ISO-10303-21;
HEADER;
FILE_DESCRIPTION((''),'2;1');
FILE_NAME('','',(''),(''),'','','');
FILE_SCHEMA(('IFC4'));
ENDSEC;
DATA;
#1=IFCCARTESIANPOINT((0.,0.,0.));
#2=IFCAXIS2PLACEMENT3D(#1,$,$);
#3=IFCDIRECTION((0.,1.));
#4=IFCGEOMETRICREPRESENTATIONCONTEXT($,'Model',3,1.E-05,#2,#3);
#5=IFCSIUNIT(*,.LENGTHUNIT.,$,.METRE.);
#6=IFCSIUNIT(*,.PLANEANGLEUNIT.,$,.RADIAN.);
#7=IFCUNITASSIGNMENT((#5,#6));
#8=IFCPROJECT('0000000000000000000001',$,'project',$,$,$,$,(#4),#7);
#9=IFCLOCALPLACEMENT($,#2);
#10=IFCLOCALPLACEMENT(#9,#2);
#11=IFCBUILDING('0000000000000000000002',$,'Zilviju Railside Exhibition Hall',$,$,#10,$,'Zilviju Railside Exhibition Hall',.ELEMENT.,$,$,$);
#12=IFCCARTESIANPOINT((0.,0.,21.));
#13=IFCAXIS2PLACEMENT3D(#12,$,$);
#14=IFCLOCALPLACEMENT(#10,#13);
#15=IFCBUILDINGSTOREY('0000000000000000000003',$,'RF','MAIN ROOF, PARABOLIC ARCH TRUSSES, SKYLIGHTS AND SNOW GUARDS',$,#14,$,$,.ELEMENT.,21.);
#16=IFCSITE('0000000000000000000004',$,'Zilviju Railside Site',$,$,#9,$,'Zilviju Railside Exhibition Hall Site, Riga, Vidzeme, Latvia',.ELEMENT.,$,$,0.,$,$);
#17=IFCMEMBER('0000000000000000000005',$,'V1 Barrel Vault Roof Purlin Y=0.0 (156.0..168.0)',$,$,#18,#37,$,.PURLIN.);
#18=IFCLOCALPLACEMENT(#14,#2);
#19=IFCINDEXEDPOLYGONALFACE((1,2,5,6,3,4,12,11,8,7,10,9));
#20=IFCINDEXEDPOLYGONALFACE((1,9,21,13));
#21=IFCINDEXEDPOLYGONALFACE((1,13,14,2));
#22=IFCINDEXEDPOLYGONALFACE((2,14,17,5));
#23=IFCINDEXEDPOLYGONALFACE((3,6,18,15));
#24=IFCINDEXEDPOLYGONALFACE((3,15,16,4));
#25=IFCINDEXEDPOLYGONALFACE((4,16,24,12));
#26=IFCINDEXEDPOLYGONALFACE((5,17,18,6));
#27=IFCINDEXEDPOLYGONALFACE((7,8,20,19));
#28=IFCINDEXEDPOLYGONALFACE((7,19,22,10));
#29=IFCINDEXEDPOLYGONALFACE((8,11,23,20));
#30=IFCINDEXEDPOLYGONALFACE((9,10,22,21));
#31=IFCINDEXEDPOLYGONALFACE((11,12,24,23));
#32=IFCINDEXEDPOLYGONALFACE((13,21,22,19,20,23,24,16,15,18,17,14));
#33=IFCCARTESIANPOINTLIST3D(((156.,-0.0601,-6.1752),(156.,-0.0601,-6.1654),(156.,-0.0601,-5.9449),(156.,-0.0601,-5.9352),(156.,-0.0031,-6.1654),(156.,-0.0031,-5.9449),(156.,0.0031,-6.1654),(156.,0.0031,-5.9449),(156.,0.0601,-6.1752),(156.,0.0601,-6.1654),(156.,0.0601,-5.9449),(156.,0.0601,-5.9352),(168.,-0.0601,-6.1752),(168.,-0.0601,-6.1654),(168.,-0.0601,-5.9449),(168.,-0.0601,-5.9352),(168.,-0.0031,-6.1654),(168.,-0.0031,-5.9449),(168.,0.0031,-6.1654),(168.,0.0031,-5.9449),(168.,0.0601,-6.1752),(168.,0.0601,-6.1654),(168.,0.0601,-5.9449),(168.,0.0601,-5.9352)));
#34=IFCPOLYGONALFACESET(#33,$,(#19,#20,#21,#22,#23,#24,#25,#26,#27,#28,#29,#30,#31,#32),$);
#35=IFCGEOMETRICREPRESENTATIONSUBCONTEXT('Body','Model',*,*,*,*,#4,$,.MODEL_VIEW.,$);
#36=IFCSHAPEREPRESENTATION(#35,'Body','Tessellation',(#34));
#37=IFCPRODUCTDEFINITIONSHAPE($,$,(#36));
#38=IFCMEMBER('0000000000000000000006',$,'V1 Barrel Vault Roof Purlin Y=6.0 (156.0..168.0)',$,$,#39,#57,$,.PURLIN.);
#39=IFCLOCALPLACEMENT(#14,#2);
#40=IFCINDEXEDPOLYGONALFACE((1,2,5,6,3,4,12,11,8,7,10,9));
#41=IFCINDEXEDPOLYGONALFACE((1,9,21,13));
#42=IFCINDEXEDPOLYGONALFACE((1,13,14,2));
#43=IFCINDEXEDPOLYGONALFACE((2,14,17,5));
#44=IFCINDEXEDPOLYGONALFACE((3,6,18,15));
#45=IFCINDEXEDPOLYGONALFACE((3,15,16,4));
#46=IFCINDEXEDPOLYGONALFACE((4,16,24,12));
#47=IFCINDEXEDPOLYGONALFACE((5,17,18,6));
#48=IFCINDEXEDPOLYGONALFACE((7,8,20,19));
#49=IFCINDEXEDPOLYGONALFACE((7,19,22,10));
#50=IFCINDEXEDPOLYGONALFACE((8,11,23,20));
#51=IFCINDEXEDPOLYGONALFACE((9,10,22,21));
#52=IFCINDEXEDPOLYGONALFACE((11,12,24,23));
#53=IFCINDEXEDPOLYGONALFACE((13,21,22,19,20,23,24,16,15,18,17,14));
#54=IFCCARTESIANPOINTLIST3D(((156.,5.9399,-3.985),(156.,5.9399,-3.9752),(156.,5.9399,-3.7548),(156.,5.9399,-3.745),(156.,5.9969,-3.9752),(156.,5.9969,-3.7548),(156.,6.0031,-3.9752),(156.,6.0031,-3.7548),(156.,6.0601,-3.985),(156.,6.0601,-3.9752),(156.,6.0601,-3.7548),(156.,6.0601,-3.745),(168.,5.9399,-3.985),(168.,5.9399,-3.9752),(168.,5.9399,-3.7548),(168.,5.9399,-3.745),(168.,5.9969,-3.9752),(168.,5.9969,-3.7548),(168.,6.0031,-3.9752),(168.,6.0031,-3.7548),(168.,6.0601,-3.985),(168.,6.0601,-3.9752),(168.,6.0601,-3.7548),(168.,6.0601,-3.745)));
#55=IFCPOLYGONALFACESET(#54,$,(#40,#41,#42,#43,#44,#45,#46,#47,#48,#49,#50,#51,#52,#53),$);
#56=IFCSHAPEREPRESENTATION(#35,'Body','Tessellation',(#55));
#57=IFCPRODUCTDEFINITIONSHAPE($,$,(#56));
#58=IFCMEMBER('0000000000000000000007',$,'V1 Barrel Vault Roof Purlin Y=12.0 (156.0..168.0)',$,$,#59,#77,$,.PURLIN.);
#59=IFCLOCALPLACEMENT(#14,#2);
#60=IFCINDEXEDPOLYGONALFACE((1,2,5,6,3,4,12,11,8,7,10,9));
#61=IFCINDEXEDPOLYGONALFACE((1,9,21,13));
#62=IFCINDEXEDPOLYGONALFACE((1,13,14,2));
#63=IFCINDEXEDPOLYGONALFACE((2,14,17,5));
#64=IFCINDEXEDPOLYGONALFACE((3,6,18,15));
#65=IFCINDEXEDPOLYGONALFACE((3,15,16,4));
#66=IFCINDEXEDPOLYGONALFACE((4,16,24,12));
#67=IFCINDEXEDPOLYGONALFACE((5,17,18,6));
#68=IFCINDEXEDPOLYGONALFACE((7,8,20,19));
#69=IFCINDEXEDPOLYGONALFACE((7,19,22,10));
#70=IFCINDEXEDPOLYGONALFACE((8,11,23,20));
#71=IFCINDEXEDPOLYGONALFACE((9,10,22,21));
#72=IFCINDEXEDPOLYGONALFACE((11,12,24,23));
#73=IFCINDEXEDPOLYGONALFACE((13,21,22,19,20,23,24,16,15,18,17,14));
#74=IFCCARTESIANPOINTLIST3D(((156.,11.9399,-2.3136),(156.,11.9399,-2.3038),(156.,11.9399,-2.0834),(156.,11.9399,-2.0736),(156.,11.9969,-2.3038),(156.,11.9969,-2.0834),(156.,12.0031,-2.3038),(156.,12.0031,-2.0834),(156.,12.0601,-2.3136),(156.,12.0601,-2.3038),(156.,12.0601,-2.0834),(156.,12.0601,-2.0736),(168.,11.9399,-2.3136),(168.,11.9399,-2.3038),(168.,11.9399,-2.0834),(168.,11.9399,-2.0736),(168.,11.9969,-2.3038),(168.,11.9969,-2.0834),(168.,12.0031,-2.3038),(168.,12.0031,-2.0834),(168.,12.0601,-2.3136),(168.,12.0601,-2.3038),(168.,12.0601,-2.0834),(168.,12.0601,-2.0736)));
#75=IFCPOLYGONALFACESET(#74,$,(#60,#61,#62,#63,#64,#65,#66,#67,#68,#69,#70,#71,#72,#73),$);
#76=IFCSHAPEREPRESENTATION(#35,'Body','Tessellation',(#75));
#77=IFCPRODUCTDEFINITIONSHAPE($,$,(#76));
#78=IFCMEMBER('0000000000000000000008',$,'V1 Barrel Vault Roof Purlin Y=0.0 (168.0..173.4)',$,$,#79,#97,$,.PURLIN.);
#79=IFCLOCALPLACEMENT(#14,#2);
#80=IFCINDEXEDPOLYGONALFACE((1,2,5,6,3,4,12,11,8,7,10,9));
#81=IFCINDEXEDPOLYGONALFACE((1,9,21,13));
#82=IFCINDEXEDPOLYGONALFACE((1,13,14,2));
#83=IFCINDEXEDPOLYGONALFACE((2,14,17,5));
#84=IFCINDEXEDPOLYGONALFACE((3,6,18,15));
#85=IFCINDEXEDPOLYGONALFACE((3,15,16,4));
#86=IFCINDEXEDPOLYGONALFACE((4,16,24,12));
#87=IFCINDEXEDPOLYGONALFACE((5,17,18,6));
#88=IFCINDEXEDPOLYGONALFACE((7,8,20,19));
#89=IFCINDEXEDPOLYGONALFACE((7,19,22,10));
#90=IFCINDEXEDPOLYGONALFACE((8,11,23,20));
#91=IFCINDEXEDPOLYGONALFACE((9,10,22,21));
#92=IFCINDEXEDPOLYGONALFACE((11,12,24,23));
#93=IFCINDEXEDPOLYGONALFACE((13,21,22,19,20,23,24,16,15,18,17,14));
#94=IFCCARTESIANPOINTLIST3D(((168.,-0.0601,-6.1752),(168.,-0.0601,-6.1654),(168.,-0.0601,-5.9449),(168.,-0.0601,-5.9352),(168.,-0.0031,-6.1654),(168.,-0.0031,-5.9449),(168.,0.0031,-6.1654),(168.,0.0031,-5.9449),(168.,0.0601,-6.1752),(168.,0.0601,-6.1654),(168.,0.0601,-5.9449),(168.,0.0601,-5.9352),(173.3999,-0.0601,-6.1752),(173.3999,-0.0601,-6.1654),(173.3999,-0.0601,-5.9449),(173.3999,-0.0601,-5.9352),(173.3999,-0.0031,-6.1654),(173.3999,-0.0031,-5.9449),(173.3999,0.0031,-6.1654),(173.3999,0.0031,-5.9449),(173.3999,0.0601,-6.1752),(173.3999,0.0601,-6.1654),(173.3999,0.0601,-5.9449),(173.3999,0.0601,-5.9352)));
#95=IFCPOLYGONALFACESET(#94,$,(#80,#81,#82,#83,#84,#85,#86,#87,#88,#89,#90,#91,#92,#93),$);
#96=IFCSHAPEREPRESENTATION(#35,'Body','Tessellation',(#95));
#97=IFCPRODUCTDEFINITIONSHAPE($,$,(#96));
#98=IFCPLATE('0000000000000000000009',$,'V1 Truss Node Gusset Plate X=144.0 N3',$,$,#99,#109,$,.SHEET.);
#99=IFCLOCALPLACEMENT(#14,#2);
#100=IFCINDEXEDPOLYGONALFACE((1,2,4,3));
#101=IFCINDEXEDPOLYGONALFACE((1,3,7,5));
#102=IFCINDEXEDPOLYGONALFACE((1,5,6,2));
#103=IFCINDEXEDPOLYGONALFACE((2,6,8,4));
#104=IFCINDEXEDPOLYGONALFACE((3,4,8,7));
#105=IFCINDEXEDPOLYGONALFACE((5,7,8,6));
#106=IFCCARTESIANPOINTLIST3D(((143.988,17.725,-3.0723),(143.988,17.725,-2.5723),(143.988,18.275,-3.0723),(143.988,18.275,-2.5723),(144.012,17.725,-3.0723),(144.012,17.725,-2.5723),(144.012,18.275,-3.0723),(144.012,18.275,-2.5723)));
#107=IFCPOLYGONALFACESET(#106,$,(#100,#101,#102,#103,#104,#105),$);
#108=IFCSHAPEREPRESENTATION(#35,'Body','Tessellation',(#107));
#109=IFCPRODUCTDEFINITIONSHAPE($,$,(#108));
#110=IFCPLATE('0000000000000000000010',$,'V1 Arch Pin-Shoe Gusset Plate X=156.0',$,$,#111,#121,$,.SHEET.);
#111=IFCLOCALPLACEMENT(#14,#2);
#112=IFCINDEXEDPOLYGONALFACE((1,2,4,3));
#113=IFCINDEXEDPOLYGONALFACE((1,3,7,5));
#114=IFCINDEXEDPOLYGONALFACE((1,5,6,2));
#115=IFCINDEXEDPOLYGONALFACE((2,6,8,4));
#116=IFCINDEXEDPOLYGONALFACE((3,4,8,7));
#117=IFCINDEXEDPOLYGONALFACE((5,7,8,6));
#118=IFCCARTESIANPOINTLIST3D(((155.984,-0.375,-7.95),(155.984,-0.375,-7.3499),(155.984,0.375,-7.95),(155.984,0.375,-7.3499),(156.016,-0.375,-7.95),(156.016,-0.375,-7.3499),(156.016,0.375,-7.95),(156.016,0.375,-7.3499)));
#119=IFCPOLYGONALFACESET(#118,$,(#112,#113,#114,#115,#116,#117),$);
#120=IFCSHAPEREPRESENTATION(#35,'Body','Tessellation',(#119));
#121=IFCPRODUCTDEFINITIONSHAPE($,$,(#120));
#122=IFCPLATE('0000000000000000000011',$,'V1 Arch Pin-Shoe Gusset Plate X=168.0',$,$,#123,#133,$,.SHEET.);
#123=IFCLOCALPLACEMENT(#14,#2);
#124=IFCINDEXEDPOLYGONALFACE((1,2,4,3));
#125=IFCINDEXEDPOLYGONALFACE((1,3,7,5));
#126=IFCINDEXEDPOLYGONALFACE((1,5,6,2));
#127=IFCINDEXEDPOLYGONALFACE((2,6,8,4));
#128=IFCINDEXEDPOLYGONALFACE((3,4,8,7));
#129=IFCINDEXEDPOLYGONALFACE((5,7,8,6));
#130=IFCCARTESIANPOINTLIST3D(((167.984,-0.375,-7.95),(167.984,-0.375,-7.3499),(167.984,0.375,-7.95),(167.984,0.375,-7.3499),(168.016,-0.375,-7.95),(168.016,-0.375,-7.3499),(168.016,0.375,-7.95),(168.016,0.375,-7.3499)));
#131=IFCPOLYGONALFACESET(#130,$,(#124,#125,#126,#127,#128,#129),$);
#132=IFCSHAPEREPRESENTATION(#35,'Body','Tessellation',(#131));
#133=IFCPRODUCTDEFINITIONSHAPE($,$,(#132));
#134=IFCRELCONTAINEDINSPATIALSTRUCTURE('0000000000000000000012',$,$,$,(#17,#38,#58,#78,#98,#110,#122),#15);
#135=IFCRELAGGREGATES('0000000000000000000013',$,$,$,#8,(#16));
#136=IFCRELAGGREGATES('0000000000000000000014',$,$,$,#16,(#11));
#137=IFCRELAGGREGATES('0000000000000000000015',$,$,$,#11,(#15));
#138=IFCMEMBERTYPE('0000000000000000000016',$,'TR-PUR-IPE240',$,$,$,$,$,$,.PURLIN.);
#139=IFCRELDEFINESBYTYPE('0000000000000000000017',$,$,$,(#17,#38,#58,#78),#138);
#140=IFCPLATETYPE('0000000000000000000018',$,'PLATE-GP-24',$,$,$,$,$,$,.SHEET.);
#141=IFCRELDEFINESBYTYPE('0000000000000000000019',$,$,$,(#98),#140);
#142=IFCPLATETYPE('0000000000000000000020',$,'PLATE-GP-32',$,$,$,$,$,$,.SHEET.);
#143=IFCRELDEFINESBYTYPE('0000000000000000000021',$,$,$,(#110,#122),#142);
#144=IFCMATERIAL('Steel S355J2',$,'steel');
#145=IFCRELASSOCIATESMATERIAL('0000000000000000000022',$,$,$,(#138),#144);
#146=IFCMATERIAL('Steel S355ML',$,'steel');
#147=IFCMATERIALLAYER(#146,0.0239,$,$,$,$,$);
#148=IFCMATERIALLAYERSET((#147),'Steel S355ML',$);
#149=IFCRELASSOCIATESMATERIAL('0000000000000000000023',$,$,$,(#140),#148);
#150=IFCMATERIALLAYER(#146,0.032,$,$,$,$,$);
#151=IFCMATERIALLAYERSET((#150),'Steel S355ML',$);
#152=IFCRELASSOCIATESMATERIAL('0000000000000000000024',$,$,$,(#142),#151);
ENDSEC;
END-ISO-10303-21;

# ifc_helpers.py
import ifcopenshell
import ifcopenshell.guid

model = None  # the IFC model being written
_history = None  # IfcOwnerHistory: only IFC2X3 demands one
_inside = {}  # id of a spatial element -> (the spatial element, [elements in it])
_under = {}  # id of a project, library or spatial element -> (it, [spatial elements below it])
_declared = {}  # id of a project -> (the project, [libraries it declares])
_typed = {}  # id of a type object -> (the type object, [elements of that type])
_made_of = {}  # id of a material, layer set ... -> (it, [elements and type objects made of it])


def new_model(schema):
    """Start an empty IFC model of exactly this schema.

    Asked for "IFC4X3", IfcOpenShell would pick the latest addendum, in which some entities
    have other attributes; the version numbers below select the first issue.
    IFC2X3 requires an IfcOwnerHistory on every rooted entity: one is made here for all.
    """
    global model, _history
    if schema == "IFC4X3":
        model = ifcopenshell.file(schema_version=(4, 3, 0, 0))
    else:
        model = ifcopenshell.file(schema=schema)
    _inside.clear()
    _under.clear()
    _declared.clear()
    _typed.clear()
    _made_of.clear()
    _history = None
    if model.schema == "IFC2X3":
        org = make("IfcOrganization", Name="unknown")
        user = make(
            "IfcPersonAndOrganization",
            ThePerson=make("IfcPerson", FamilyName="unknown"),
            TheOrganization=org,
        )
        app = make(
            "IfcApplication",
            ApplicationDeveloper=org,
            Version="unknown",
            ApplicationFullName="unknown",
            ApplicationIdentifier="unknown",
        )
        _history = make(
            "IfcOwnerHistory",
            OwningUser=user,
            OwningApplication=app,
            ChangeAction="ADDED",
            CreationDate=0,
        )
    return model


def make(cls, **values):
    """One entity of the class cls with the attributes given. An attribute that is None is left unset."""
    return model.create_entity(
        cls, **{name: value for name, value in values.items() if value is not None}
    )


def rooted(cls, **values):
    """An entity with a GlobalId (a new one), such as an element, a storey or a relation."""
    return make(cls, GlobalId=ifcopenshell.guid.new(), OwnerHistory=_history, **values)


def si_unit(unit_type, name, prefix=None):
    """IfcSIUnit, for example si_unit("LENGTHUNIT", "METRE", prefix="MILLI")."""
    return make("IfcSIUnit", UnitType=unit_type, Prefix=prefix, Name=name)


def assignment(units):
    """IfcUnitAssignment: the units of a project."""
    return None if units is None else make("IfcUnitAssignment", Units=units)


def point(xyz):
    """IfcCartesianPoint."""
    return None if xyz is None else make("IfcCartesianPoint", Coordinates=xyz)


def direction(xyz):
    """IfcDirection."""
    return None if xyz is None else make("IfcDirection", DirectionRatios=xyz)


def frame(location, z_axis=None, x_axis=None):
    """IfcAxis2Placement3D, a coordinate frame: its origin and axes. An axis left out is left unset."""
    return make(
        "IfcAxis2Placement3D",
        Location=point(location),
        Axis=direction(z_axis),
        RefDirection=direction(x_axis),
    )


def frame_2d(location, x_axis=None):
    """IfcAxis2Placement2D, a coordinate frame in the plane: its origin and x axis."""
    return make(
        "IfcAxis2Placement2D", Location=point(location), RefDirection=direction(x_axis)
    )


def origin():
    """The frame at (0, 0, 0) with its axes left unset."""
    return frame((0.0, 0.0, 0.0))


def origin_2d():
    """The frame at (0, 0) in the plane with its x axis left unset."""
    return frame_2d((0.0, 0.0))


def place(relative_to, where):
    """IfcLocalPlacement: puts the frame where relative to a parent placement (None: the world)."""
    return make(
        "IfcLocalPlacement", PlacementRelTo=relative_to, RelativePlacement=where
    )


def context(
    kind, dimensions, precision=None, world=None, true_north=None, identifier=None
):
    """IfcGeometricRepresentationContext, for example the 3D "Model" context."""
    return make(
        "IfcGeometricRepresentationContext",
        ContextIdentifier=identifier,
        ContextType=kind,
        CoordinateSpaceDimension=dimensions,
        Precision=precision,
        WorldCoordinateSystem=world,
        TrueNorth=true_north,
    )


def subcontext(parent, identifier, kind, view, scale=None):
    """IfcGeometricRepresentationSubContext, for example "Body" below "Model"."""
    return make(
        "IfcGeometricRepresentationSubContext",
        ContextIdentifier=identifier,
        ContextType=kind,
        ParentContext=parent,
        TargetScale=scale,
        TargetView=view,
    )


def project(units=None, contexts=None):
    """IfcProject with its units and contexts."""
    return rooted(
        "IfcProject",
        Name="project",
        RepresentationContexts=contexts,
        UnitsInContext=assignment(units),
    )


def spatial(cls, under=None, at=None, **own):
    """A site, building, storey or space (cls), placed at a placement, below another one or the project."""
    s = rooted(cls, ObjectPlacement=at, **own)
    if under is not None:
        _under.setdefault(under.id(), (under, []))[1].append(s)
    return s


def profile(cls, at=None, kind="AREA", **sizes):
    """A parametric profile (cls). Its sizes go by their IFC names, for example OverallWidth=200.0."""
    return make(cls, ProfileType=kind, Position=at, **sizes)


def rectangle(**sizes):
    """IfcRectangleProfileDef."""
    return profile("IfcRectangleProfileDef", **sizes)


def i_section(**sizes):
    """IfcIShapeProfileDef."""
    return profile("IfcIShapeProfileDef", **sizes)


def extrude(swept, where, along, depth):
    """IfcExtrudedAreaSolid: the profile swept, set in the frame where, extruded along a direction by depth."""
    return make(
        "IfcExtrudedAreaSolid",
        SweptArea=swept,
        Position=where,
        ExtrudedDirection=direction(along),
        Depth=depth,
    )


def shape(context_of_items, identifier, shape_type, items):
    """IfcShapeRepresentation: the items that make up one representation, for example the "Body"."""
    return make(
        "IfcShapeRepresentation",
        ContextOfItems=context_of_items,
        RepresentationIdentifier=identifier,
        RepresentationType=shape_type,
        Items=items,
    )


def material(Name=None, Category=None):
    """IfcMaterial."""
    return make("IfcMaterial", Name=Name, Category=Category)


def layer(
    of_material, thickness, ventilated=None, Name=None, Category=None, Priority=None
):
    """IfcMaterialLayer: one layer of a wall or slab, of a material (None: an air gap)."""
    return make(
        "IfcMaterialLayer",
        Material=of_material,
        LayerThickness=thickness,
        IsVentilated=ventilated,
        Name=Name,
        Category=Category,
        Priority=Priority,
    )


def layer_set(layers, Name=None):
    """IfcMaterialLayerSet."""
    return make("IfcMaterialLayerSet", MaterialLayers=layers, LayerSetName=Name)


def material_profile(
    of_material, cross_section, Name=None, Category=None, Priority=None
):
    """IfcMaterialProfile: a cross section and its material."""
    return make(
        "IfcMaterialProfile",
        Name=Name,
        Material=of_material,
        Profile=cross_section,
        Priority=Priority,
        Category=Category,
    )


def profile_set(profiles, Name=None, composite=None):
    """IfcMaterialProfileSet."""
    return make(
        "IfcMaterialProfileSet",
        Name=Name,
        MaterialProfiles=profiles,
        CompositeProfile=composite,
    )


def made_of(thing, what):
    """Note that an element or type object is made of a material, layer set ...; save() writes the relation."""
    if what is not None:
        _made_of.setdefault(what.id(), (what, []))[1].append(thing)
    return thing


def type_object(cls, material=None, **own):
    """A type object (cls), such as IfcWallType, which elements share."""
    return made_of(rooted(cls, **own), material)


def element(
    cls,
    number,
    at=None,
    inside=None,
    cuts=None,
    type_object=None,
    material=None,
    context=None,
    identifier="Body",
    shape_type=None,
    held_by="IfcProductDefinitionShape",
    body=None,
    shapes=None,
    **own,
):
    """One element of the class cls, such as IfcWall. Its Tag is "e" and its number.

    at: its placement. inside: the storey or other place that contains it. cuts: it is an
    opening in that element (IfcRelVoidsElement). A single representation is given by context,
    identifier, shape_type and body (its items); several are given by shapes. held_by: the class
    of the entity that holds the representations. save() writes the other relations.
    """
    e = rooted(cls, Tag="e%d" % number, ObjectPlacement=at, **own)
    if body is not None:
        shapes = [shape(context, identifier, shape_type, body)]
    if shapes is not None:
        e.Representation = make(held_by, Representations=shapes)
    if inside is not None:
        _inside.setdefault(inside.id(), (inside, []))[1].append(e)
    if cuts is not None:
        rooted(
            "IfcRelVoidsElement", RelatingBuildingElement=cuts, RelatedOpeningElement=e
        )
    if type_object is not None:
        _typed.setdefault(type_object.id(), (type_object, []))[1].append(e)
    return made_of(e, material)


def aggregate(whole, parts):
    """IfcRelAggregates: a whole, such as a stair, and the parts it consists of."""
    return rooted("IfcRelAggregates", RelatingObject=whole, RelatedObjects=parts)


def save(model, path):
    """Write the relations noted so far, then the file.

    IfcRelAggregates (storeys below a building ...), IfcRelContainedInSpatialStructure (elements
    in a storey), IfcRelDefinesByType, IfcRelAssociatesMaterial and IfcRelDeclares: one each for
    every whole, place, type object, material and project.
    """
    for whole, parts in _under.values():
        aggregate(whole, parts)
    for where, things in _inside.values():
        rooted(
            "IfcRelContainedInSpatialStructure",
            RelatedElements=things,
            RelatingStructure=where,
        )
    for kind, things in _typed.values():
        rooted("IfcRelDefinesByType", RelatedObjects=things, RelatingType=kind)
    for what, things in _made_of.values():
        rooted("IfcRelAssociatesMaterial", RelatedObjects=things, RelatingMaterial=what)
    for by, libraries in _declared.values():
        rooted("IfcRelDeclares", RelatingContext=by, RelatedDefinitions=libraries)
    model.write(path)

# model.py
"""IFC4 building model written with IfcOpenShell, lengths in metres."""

from ifc_helpers import new_model, si_unit, direction, frame, origin, origin_2d, place, context, subcontext, project, spatial, rectangle, i_section, extrude, material, layer, layer_set, material_profile, profile_set, type_object, element, save


model = new_model("IFC4")

# Units and contexts
model_context = context("Model", 3, precision=1e-05, world=origin(), true_north=direction((0.0, 1.0)))
body_context = subcontext(model_context, "Body", "Model", "MODEL_VIEW")
ifc_project = project(units=[si_unit("LENGTHUNIT", "METRE"), si_unit("PLANEANGLEUNIT", "RADIAN")], contexts=[model_context])

# Site, building, storey
site_placement = place(None, origin())
site = spatial("IfcSite", under=ifc_project, at=site_placement, Name="Zilviju Railside Site", LongName="Zilviju Railside Exhibition Hall Site, Riga, Vidzeme, Latvia", CompositionType="ELEMENT", RefElevation=0.0)
building_placement = place(site_placement, origin())
building = spatial("IfcBuilding", under=site, at=building_placement, Name="Zilviju Railside Exhibition Hall", LongName="Zilviju Railside Exhibition Hall", CompositionType="ELEMENT")
storey_placement = place(building_placement, frame((0.0, 0.0, 21.0)))
storey = spatial("IfcBuildingStorey", under=building, at=storey_placement, Name="RF", Description="MAIN ROOF, PARABOLIC ARCH TRUSSES, SKYLIGHTS AND SNOW GUARDS", CompositionType="ELEMENT", Elevation=21.0)

# Members
ifc_material_1 = material(Name="Steel S355J2", Category="steel")
ifc_material_profile_1 = material_profile(ifc_material_1, i_section(OverallWidth=0.1201, OverallDepth=0.24, WebThickness=0.0061, FlangeThickness=0.0098, at=origin_2d()), Name="IPE 240")
ifc_profile_set_1 = profile_set([ifc_material_profile_1], Name="Steel S355J2")
member_type_1 = type_object("IfcMemberType", Name="TR-PUR-IPE240", PredefinedType="PURLIN", material=ifc_profile_set_1)
for number, where, z_axis, x_axis, name in (
    (1, (156.0, 0.0, -6.0552), (1.0, 0.0, 0.0), (0.0, 1.0, 0.0), "V1 Barrel Vault Roof Purlin Y=0.0 (156.0..168.0)"),
    (2, (156.0, 6.0, -3.865), (1.0, 0.0, 0.0), (0.0, 1.0, 0.0), "V1 Barrel Vault Roof Purlin Y=6.0 (156.0..168.0)"),
    (3, (156.0, 12.0, -2.1936), (1.0, 0.0, 0.0), (0.0, 1.0, 0.0), "V1 Barrel Vault Roof Purlin Y=12.0 (156.0..168.0)"),
):
    element("IfcMember", number, at=place(storey_placement, frame(where, z_axis=z_axis, x_axis=x_axis)), inside=storey, type_object=member_type_1, Name=name, PredefinedType="PURLIN", context=body_context, shape_type="SweptSolid", body=[
        extrude(i_section(OverallWidth=0.1201, OverallDepth=0.24, WebThickness=0.0061, FlangeThickness=0.0098, at=origin_2d()), origin(), (0.0, 0.0, 1.0), 12.0),
    ])
member_1_placement = place(storey_placement, frame((168.0, 0.0, -6.0552), z_axis=(1.0, 0.0, 0.0), x_axis=(0.0, 1.0, 0.0)))
element("IfcMember", 4, at=member_1_placement, inside=storey, type_object=member_type_1, Name="V1 Barrel Vault Roof Purlin Y=0.0 (168.0..173.4)", PredefinedType="PURLIN", context=body_context, shape_type="SweptSolid", body=[
    extrude(i_section(OverallWidth=0.1201, OverallDepth=0.24, WebThickness=0.0061, FlangeThickness=0.0098, at=origin_2d()), origin(), (0.0, 0.0, 1.0), 5.3999),
])

# Plates
ifc_material_2 = material(Name="Steel S355ML", Category="steel")
ifc_layer_1 = layer(ifc_material_2, 0.0239)
ifc_layer_set_1 = layer_set([ifc_layer_1], Name="Steel S355ML")
plate_type_1 = type_object("IfcPlateType", Name="PLATE-GP-24", PredefinedType="SHEET", material=ifc_layer_set_1)
plate_placement = place(storey_placement, frame((144.0, 18.0, -3.0723), z_axis=(0.0, 0.0, 1.0), x_axis=(1.0, 0.0, 0.0)))
element("IfcPlate", 5, at=plate_placement, inside=storey, type_object=plate_type_1, Name="V1 Truss Node Gusset Plate X=144.0 N3", PredefinedType="SHEET", context=body_context, shape_type="SweptSolid", body=[
    extrude(rectangle(XDim=0.0239, YDim=0.55, at=origin_2d()), origin(), (0.0, 0.0, 1.0), 0.5),
])
ifc_layer_2 = layer(ifc_material_2, 0.032)
ifc_layer_set_2 = layer_set([ifc_layer_2], Name="Steel S355ML")
plate_type_2 = type_object("IfcPlateType", Name="PLATE-GP-32", PredefinedType="SHEET", material=ifc_layer_set_2)
for number, where, z_axis, x_axis, name in (
    (6, (156.0, 0.0, -7.95), (0.0, 0.0, 1.0), (1.0, 0.0, 0.0), "V1 Arch Pin-Shoe Gusset Plate X=156.0"),
    (7, (168.0, 0.0, -7.95), (0.0, 0.0, 1.0), (1.0, 0.0, 0.0), "V1 Arch Pin-Shoe Gusset Plate X=168.0"),
):
    element("IfcPlate", number, at=place(storey_placement, frame(where, z_axis=z_axis, x_axis=x_axis)), inside=storey, type_object=plate_type_2, Name=name, PredefinedType="SHEET", context=body_context, shape_type="SweptSolid", body=[
        extrude(rectangle(XDim=0.032, YDim=0.75, at=origin_2d()), origin(), (0.0, 0.0, 1.0), 0.6001),
    ])

save(model, "model.ifc")
